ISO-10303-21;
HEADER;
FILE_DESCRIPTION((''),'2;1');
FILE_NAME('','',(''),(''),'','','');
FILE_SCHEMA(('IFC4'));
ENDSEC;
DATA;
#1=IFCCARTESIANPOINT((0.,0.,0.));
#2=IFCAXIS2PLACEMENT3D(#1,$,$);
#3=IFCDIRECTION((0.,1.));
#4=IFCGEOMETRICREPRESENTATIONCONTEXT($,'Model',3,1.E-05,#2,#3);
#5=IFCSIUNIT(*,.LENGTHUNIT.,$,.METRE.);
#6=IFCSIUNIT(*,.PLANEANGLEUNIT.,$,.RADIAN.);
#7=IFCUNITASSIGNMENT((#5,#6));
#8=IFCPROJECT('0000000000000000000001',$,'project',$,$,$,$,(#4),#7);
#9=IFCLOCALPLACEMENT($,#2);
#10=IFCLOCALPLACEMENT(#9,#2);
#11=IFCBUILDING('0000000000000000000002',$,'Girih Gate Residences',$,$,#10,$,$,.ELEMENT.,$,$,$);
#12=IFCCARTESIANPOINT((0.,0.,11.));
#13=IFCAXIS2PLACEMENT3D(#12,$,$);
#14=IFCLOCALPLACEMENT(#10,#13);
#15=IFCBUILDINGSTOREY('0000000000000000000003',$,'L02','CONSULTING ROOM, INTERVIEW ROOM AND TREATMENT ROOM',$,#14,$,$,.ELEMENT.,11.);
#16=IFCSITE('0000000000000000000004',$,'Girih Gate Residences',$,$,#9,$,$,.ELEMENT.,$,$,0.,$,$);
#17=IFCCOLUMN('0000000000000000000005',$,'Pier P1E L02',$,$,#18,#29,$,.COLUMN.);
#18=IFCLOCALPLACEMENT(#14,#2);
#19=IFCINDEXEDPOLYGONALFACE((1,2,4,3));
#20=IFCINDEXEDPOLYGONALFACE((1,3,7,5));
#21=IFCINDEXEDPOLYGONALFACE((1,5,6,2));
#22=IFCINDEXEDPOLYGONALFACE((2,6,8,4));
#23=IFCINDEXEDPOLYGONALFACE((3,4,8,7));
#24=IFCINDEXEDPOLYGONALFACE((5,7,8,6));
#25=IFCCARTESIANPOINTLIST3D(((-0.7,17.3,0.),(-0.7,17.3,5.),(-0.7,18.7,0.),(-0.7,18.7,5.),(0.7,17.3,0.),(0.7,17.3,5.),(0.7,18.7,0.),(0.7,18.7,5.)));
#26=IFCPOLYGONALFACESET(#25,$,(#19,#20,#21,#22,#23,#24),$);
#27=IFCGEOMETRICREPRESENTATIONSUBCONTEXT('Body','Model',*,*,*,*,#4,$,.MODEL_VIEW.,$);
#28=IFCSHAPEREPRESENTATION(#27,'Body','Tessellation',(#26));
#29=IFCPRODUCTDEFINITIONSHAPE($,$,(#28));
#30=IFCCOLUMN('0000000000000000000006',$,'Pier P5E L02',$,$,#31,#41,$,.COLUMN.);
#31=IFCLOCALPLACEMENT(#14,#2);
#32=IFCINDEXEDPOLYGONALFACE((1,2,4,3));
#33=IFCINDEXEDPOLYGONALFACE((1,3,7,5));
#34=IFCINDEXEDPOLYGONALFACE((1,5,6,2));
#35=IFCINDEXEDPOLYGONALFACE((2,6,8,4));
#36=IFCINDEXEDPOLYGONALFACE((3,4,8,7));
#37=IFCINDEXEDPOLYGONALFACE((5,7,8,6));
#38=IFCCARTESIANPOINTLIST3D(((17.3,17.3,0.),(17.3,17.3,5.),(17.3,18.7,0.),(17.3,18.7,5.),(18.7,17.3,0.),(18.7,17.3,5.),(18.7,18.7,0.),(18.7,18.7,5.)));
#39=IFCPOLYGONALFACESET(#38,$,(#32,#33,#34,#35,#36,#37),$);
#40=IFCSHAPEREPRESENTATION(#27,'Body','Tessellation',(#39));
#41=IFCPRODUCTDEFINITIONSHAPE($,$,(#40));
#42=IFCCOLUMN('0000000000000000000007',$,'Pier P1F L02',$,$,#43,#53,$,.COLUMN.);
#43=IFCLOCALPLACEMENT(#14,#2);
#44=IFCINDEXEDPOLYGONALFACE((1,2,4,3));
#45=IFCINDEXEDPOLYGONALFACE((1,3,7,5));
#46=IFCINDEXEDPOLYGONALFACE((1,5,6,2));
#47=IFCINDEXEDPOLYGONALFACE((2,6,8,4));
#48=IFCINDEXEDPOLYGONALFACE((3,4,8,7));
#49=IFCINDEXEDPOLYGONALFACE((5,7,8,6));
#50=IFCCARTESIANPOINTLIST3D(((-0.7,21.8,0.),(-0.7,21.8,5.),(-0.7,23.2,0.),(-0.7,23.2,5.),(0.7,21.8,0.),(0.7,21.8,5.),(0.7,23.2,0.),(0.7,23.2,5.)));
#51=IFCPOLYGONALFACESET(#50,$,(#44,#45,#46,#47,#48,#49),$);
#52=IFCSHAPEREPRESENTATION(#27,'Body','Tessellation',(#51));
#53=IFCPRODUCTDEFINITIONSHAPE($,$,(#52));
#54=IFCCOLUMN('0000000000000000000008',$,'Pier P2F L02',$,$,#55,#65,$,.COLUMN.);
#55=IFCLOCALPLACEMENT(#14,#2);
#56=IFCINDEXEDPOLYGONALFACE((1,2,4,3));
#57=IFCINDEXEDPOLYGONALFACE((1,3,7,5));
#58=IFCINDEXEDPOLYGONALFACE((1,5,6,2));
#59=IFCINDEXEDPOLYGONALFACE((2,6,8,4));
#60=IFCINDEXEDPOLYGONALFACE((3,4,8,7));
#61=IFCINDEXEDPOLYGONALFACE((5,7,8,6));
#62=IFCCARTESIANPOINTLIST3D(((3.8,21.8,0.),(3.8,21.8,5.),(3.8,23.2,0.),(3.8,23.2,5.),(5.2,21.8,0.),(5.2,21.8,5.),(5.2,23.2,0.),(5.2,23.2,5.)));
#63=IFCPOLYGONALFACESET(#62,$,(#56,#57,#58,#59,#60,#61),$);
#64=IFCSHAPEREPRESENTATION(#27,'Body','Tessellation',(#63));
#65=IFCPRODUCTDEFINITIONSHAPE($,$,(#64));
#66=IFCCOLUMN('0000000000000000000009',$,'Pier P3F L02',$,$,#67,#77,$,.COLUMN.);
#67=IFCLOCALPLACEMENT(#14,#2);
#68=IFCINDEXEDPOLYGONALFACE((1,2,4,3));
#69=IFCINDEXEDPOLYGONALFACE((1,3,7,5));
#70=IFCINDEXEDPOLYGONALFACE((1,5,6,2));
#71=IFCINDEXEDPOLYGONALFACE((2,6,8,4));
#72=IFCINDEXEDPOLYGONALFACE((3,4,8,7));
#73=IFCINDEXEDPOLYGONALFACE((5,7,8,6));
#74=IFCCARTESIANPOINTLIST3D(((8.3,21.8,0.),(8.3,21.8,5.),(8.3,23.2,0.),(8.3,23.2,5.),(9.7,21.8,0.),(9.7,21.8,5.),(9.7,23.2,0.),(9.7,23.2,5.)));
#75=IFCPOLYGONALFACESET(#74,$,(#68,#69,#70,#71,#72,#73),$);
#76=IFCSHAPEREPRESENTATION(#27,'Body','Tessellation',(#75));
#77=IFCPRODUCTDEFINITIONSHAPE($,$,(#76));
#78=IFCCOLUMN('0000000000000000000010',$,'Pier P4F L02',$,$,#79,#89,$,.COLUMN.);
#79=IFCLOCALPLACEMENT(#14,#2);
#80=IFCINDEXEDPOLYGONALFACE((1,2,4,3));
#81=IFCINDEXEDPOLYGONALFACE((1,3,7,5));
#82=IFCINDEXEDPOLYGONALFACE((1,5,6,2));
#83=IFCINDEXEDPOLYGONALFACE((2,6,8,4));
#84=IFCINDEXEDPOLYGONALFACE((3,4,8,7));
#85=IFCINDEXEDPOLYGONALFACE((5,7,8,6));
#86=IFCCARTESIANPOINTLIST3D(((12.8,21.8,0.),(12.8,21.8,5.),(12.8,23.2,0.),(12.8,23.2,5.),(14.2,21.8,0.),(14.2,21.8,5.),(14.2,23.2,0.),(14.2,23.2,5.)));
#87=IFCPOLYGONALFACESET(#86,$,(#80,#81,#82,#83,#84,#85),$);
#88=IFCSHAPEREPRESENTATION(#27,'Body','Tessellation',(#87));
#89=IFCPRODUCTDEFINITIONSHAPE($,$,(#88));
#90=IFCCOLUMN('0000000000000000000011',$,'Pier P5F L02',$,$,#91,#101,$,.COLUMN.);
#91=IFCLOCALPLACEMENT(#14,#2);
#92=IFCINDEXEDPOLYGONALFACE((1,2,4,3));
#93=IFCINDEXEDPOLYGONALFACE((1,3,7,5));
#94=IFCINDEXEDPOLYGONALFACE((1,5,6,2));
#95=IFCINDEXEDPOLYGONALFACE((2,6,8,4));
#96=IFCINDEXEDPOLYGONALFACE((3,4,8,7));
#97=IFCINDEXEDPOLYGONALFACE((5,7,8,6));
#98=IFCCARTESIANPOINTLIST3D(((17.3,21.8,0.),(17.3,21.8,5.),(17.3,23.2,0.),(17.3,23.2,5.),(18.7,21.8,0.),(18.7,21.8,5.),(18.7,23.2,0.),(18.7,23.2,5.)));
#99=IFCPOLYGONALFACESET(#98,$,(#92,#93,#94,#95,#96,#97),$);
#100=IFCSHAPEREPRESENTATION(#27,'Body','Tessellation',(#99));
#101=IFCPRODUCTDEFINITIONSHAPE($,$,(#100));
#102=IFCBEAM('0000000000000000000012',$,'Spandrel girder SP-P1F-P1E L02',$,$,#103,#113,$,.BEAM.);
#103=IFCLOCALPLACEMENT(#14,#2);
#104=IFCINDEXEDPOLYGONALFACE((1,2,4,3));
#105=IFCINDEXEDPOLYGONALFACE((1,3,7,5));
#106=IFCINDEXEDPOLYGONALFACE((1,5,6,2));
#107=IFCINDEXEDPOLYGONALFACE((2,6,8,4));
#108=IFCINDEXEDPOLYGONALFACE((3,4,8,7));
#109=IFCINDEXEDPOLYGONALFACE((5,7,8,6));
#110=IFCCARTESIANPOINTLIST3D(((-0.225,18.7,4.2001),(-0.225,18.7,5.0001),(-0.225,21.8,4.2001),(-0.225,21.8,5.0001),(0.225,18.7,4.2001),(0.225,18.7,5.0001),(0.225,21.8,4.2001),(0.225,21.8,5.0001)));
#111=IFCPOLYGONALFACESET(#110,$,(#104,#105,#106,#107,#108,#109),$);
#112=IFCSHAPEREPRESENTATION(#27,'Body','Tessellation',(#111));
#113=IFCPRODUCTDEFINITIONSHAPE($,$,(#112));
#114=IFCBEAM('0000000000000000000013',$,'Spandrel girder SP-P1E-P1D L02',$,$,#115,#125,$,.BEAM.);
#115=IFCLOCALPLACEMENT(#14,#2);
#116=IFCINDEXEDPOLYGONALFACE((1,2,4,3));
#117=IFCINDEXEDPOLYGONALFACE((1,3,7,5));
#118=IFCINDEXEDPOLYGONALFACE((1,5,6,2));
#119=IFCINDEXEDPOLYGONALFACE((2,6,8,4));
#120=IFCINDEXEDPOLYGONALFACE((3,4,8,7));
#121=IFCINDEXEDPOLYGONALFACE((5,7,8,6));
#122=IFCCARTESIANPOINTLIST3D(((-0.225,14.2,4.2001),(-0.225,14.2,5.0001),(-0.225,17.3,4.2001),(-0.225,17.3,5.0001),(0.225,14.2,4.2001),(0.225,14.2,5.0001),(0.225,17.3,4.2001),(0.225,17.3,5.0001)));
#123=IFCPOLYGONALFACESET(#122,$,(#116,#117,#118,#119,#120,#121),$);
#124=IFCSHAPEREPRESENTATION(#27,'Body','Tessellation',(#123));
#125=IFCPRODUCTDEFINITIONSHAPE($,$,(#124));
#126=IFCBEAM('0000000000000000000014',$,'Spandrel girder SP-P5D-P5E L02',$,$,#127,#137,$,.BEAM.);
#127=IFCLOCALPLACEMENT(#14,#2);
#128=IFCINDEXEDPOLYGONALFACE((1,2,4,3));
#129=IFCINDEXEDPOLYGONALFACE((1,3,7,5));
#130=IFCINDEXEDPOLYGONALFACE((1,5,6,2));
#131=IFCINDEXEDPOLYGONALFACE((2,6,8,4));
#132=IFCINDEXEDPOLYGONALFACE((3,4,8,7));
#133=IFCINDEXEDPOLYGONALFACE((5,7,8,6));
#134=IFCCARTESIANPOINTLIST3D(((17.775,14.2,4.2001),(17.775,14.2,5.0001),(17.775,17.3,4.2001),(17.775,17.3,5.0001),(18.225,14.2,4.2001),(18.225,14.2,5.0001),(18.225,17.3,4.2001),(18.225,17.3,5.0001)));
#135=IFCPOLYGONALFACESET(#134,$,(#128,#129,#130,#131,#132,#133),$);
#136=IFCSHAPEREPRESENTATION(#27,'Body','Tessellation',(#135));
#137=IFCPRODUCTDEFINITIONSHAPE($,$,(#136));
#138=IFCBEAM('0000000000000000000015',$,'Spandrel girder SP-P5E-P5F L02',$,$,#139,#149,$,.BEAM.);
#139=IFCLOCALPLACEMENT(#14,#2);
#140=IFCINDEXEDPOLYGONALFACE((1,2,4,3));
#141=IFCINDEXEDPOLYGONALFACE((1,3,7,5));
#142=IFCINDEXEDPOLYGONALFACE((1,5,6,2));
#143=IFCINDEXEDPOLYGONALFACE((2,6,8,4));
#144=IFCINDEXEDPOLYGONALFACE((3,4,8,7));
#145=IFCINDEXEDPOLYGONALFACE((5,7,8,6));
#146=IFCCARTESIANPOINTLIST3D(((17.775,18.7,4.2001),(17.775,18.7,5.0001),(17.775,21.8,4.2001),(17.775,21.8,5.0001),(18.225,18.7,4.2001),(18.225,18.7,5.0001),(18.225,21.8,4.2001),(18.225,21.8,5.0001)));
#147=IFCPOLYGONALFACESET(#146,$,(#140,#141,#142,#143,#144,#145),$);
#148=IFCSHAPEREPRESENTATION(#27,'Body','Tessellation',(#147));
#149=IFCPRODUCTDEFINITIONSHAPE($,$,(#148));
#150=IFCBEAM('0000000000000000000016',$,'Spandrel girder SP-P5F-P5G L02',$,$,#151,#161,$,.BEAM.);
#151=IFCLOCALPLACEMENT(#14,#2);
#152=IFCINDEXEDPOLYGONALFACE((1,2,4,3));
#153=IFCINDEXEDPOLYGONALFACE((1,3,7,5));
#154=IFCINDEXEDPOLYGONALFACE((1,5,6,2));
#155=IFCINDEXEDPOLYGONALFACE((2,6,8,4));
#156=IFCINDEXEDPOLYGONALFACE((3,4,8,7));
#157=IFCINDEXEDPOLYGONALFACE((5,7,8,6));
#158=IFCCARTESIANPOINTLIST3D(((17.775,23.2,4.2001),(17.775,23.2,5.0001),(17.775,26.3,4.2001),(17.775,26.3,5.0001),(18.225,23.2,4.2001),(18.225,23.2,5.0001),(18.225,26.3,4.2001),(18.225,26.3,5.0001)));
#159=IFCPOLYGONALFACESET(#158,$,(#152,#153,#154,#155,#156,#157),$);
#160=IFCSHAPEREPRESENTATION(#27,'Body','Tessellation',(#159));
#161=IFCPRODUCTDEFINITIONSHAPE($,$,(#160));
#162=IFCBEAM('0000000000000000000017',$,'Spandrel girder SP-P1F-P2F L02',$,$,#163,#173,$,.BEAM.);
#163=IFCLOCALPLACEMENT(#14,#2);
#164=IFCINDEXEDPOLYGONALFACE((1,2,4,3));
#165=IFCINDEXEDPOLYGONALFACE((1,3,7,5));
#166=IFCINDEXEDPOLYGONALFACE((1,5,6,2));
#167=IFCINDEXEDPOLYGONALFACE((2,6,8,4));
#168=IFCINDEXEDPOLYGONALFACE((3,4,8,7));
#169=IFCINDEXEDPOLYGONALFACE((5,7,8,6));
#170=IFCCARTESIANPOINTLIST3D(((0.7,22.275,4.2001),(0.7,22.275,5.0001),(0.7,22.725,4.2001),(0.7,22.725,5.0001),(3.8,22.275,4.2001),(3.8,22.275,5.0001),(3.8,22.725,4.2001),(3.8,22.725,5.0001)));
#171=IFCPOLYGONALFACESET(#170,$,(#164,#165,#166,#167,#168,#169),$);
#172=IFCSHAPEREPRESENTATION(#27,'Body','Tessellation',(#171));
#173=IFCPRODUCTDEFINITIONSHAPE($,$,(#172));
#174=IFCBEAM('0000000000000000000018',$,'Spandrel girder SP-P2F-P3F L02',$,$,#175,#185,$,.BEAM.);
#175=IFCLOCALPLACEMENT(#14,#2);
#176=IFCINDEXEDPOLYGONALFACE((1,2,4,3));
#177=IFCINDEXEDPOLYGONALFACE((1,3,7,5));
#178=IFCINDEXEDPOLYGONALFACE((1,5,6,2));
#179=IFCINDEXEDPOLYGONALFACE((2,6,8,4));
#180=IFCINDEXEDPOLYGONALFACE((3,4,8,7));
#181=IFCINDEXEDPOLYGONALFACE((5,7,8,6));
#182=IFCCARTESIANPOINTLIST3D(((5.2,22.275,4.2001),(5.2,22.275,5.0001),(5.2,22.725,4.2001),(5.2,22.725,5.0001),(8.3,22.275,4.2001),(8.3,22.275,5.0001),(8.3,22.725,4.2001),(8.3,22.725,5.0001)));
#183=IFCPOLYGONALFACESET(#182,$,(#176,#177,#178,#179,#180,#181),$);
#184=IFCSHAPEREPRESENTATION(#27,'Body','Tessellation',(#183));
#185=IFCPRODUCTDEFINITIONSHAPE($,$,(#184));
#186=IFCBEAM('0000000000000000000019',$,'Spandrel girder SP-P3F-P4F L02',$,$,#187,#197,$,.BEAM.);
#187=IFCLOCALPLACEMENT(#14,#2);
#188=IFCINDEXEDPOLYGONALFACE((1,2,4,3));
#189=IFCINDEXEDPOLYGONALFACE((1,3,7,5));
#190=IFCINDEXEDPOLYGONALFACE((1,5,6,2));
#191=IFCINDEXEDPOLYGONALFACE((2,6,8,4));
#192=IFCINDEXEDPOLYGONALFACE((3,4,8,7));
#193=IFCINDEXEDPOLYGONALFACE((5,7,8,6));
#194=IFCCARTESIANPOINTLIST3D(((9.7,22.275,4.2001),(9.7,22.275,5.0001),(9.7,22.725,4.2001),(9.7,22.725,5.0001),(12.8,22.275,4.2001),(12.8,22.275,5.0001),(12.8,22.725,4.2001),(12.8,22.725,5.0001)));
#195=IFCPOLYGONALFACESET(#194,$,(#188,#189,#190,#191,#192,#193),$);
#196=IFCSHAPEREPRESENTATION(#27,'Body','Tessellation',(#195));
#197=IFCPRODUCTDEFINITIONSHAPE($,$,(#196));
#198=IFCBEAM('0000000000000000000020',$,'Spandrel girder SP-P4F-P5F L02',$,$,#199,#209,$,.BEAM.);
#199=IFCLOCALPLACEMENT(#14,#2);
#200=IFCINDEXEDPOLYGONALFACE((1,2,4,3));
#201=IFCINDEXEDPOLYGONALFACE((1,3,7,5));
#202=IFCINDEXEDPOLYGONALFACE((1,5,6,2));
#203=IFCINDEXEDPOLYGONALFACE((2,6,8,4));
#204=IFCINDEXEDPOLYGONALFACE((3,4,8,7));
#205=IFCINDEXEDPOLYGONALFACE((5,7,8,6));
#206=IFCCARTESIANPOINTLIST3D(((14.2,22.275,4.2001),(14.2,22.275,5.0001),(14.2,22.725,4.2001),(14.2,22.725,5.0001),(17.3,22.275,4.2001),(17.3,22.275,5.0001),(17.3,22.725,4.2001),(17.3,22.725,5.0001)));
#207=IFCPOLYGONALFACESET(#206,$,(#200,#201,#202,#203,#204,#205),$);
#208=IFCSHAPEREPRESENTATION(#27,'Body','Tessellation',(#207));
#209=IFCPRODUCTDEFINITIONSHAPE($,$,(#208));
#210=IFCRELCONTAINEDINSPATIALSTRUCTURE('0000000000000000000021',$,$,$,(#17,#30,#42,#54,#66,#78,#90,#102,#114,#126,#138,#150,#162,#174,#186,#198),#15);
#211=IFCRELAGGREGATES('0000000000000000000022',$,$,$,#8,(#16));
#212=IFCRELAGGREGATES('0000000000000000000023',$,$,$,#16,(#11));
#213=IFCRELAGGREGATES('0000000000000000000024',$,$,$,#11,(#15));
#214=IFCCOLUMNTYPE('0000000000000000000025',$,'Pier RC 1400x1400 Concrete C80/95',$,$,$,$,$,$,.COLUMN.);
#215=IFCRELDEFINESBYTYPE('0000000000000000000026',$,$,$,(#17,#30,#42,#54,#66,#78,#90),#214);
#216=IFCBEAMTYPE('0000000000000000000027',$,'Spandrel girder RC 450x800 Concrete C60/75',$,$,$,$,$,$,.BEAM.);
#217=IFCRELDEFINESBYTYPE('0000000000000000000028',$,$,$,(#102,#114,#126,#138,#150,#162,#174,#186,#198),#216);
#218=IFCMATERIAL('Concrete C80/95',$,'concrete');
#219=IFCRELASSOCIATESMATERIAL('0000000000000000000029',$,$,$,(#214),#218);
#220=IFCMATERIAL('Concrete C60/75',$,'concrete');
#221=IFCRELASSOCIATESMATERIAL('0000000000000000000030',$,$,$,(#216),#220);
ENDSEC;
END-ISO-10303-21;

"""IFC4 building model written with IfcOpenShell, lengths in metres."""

from ifc_helpers import new_model, si_unit, direction, frame, origin, origin_2d, place, context, subcontext, project, spatial, rectangle, extrude, material, material_profile, profile_set, type_object, element, save


model = new_model("IFC4")

# Units and contexts
model_context = context("Model", 3, precision=1e-05, world=origin(), true_north=direction((0.0, 1.0)))
body_context = subcontext(model_context, "Body", "Model", "MODEL_VIEW")
ifc_project = project(units=[si_unit("LENGTHUNIT", "METRE"), si_unit("PLANEANGLEUNIT", "RADIAN")], contexts=[model_context])

# Site, building, storey
site_placement = place(None, origin())
site = spatial("IfcSite", under=ifc_project, at=site_placement, Name="Girih Gate Residences", CompositionType="ELEMENT", RefElevation=0.0)
building_placement = place(site_placement, origin())
building = spatial("IfcBuilding", under=site, at=building_placement, Name="Girih Gate Residences", CompositionType="ELEMENT")
storey_placement = place(building_placement, frame((0.0, 0.0, 11.0)))
storey = spatial("IfcBuildingStorey", under=building, at=storey_placement, Name="L02", Description="CONSULTING ROOM, INTERVIEW ROOM AND TREATMENT ROOM", CompositionType="ELEMENT", Elevation=11.0)

# Columns
ifc_material_1 = material(Name="Concrete C80/95", Category="concrete")
ifc_material_profile_1 = material_profile(ifc_material_1, rectangle(XDim=1.3999, YDim=1.3999, at=origin_2d()))
ifc_profile_set_1 = profile_set([ifc_material_profile_1], Name="Concrete C80/95")
column_type = type_object("IfcColumnType", Name="Pier RC 1400x1400 Concrete C80/95", PredefinedType="COLUMN", material=ifc_profile_set_1)
for number, where, z_axis, x_axis, name in (
    (1, (0.0, 18.0, 0.0), (0.0, 0.0, 1.0), (1.0, 0.0, 0.0), "Pier P1E L02"),
    (2, (18.0, 18.0, 0.0), (0.0, 0.0, 1.0), (1.0, 0.0, 0.0), "Pier P5E L02"),
    (3, (0.0, 22.5, 0.0), (0.0, 0.0, 1.0), (1.0, 0.0, 0.0), "Pier P1F L02"),
    (4, (4.5, 22.5, 0.0), (0.0, 0.0, 1.0), (1.0, 0.0, 0.0), "Pier P2F L02"),
    (5, (9.0, 22.5, 0.0), (0.0, 0.0, 1.0), (1.0, 0.0, 0.0), "Pier P3F L02"),
    (6, (13.5, 22.5, 0.0), (0.0, 0.0, 1.0), (1.0, 0.0, 0.0), "Pier P4F L02"),
    (7, (18.0, 22.5, 0.0), (0.0, 0.0, 1.0), (1.0, 0.0, 0.0), "Pier P5F L02"),
):
    element("IfcColumn", number, at=place(storey_placement, frame(where, z_axis=z_axis, x_axis=x_axis)), inside=storey, type_object=column_type, Name=name, PredefinedType="COLUMN", context=body_context, shape_type="SweptSolid", body=[
        extrude(rectangle(XDim=1.3999, YDim=1.3999, at=origin_2d()), origin(), (0.0, 0.0, 1.0), 5.0),
    ])

# Beams
ifc_material_2 = material(Name="Concrete C60/75", Category="concrete")
ifc_material_profile_2 = material_profile(ifc_material_2, rectangle(XDim=0.45, YDim=0.8, at=origin_2d()))
ifc_profile_set_2 = profile_set([ifc_material_profile_2], Name="Concrete C60/75")
beam_type = type_object("IfcBeamType", Name="Spandrel girder RC 450x800 Concrete C60/75", PredefinedType="BEAM", material=ifc_profile_set_2)
for number, where, z_axis, x_axis, name in (
    (8, (0.0, 21.8, 4.6001), (0.0, -1.0, 0.0), (1.0, 0.0, 0.0), "Spandrel girder SP-P1F-P1E L02"),
    (9, (0.0, 17.3, 4.6001), (0.0, -1.0, 0.0), (1.0, 0.0, 0.0), "Spandrel girder SP-P1E-P1D L02"),
    (10, (18.0, 14.2, 4.6001), (0.0, 1.0, 0.0), (-1.0, 0.0, 0.0), "Spandrel girder SP-P5D-P5E L02"),
    (11, (18.0, 18.7, 4.6001), (0.0, 1.0, 0.0), (-1.0, 0.0, 0.0), "Spandrel girder SP-P5E-P5F L02"),
    (12, (18.0, 23.2, 4.6001), (0.0, 1.0, 0.0), (-1.0, 0.0, 0.0), "Spandrel girder SP-P5F-P5G L02"),
    (13, (0.7, 22.5, 4.6001), (1.0, 0.0, 0.0), (0.0, 1.0, 0.0), "Spandrel girder SP-P1F-P2F L02"),
    (14, (5.2, 22.5, 4.6001), (1.0, 0.0, 0.0), (0.0, 1.0, 0.0), "Spandrel girder SP-P2F-P3F L02"),
    (15, (9.7, 22.5, 4.6001), (1.0, 0.0, 0.0), (0.0, 1.0, 0.0), "Spandrel girder SP-P3F-P4F L02"),
    (16, (14.2, 22.5, 4.6001), (1.0, 0.0, 0.0), (0.0, 1.0, 0.0), "Spandrel girder SP-P4F-P5F L02"),
):
    element("IfcBeam", number, at=place(storey_placement, frame(where, z_axis=z_axis, x_axis=x_axis)), inside=storey, type_object=beam_type, Name=name, PredefinedType="BEAM", context=body_context, shape_type="SweptSolid", body=[
        extrude(rectangle(XDim=0.45, YDim=0.8, at=origin_2d()), origin(), (0.0, 0.0, 1.0), 3.1001),
    ])

save(model, "model.ifc")
